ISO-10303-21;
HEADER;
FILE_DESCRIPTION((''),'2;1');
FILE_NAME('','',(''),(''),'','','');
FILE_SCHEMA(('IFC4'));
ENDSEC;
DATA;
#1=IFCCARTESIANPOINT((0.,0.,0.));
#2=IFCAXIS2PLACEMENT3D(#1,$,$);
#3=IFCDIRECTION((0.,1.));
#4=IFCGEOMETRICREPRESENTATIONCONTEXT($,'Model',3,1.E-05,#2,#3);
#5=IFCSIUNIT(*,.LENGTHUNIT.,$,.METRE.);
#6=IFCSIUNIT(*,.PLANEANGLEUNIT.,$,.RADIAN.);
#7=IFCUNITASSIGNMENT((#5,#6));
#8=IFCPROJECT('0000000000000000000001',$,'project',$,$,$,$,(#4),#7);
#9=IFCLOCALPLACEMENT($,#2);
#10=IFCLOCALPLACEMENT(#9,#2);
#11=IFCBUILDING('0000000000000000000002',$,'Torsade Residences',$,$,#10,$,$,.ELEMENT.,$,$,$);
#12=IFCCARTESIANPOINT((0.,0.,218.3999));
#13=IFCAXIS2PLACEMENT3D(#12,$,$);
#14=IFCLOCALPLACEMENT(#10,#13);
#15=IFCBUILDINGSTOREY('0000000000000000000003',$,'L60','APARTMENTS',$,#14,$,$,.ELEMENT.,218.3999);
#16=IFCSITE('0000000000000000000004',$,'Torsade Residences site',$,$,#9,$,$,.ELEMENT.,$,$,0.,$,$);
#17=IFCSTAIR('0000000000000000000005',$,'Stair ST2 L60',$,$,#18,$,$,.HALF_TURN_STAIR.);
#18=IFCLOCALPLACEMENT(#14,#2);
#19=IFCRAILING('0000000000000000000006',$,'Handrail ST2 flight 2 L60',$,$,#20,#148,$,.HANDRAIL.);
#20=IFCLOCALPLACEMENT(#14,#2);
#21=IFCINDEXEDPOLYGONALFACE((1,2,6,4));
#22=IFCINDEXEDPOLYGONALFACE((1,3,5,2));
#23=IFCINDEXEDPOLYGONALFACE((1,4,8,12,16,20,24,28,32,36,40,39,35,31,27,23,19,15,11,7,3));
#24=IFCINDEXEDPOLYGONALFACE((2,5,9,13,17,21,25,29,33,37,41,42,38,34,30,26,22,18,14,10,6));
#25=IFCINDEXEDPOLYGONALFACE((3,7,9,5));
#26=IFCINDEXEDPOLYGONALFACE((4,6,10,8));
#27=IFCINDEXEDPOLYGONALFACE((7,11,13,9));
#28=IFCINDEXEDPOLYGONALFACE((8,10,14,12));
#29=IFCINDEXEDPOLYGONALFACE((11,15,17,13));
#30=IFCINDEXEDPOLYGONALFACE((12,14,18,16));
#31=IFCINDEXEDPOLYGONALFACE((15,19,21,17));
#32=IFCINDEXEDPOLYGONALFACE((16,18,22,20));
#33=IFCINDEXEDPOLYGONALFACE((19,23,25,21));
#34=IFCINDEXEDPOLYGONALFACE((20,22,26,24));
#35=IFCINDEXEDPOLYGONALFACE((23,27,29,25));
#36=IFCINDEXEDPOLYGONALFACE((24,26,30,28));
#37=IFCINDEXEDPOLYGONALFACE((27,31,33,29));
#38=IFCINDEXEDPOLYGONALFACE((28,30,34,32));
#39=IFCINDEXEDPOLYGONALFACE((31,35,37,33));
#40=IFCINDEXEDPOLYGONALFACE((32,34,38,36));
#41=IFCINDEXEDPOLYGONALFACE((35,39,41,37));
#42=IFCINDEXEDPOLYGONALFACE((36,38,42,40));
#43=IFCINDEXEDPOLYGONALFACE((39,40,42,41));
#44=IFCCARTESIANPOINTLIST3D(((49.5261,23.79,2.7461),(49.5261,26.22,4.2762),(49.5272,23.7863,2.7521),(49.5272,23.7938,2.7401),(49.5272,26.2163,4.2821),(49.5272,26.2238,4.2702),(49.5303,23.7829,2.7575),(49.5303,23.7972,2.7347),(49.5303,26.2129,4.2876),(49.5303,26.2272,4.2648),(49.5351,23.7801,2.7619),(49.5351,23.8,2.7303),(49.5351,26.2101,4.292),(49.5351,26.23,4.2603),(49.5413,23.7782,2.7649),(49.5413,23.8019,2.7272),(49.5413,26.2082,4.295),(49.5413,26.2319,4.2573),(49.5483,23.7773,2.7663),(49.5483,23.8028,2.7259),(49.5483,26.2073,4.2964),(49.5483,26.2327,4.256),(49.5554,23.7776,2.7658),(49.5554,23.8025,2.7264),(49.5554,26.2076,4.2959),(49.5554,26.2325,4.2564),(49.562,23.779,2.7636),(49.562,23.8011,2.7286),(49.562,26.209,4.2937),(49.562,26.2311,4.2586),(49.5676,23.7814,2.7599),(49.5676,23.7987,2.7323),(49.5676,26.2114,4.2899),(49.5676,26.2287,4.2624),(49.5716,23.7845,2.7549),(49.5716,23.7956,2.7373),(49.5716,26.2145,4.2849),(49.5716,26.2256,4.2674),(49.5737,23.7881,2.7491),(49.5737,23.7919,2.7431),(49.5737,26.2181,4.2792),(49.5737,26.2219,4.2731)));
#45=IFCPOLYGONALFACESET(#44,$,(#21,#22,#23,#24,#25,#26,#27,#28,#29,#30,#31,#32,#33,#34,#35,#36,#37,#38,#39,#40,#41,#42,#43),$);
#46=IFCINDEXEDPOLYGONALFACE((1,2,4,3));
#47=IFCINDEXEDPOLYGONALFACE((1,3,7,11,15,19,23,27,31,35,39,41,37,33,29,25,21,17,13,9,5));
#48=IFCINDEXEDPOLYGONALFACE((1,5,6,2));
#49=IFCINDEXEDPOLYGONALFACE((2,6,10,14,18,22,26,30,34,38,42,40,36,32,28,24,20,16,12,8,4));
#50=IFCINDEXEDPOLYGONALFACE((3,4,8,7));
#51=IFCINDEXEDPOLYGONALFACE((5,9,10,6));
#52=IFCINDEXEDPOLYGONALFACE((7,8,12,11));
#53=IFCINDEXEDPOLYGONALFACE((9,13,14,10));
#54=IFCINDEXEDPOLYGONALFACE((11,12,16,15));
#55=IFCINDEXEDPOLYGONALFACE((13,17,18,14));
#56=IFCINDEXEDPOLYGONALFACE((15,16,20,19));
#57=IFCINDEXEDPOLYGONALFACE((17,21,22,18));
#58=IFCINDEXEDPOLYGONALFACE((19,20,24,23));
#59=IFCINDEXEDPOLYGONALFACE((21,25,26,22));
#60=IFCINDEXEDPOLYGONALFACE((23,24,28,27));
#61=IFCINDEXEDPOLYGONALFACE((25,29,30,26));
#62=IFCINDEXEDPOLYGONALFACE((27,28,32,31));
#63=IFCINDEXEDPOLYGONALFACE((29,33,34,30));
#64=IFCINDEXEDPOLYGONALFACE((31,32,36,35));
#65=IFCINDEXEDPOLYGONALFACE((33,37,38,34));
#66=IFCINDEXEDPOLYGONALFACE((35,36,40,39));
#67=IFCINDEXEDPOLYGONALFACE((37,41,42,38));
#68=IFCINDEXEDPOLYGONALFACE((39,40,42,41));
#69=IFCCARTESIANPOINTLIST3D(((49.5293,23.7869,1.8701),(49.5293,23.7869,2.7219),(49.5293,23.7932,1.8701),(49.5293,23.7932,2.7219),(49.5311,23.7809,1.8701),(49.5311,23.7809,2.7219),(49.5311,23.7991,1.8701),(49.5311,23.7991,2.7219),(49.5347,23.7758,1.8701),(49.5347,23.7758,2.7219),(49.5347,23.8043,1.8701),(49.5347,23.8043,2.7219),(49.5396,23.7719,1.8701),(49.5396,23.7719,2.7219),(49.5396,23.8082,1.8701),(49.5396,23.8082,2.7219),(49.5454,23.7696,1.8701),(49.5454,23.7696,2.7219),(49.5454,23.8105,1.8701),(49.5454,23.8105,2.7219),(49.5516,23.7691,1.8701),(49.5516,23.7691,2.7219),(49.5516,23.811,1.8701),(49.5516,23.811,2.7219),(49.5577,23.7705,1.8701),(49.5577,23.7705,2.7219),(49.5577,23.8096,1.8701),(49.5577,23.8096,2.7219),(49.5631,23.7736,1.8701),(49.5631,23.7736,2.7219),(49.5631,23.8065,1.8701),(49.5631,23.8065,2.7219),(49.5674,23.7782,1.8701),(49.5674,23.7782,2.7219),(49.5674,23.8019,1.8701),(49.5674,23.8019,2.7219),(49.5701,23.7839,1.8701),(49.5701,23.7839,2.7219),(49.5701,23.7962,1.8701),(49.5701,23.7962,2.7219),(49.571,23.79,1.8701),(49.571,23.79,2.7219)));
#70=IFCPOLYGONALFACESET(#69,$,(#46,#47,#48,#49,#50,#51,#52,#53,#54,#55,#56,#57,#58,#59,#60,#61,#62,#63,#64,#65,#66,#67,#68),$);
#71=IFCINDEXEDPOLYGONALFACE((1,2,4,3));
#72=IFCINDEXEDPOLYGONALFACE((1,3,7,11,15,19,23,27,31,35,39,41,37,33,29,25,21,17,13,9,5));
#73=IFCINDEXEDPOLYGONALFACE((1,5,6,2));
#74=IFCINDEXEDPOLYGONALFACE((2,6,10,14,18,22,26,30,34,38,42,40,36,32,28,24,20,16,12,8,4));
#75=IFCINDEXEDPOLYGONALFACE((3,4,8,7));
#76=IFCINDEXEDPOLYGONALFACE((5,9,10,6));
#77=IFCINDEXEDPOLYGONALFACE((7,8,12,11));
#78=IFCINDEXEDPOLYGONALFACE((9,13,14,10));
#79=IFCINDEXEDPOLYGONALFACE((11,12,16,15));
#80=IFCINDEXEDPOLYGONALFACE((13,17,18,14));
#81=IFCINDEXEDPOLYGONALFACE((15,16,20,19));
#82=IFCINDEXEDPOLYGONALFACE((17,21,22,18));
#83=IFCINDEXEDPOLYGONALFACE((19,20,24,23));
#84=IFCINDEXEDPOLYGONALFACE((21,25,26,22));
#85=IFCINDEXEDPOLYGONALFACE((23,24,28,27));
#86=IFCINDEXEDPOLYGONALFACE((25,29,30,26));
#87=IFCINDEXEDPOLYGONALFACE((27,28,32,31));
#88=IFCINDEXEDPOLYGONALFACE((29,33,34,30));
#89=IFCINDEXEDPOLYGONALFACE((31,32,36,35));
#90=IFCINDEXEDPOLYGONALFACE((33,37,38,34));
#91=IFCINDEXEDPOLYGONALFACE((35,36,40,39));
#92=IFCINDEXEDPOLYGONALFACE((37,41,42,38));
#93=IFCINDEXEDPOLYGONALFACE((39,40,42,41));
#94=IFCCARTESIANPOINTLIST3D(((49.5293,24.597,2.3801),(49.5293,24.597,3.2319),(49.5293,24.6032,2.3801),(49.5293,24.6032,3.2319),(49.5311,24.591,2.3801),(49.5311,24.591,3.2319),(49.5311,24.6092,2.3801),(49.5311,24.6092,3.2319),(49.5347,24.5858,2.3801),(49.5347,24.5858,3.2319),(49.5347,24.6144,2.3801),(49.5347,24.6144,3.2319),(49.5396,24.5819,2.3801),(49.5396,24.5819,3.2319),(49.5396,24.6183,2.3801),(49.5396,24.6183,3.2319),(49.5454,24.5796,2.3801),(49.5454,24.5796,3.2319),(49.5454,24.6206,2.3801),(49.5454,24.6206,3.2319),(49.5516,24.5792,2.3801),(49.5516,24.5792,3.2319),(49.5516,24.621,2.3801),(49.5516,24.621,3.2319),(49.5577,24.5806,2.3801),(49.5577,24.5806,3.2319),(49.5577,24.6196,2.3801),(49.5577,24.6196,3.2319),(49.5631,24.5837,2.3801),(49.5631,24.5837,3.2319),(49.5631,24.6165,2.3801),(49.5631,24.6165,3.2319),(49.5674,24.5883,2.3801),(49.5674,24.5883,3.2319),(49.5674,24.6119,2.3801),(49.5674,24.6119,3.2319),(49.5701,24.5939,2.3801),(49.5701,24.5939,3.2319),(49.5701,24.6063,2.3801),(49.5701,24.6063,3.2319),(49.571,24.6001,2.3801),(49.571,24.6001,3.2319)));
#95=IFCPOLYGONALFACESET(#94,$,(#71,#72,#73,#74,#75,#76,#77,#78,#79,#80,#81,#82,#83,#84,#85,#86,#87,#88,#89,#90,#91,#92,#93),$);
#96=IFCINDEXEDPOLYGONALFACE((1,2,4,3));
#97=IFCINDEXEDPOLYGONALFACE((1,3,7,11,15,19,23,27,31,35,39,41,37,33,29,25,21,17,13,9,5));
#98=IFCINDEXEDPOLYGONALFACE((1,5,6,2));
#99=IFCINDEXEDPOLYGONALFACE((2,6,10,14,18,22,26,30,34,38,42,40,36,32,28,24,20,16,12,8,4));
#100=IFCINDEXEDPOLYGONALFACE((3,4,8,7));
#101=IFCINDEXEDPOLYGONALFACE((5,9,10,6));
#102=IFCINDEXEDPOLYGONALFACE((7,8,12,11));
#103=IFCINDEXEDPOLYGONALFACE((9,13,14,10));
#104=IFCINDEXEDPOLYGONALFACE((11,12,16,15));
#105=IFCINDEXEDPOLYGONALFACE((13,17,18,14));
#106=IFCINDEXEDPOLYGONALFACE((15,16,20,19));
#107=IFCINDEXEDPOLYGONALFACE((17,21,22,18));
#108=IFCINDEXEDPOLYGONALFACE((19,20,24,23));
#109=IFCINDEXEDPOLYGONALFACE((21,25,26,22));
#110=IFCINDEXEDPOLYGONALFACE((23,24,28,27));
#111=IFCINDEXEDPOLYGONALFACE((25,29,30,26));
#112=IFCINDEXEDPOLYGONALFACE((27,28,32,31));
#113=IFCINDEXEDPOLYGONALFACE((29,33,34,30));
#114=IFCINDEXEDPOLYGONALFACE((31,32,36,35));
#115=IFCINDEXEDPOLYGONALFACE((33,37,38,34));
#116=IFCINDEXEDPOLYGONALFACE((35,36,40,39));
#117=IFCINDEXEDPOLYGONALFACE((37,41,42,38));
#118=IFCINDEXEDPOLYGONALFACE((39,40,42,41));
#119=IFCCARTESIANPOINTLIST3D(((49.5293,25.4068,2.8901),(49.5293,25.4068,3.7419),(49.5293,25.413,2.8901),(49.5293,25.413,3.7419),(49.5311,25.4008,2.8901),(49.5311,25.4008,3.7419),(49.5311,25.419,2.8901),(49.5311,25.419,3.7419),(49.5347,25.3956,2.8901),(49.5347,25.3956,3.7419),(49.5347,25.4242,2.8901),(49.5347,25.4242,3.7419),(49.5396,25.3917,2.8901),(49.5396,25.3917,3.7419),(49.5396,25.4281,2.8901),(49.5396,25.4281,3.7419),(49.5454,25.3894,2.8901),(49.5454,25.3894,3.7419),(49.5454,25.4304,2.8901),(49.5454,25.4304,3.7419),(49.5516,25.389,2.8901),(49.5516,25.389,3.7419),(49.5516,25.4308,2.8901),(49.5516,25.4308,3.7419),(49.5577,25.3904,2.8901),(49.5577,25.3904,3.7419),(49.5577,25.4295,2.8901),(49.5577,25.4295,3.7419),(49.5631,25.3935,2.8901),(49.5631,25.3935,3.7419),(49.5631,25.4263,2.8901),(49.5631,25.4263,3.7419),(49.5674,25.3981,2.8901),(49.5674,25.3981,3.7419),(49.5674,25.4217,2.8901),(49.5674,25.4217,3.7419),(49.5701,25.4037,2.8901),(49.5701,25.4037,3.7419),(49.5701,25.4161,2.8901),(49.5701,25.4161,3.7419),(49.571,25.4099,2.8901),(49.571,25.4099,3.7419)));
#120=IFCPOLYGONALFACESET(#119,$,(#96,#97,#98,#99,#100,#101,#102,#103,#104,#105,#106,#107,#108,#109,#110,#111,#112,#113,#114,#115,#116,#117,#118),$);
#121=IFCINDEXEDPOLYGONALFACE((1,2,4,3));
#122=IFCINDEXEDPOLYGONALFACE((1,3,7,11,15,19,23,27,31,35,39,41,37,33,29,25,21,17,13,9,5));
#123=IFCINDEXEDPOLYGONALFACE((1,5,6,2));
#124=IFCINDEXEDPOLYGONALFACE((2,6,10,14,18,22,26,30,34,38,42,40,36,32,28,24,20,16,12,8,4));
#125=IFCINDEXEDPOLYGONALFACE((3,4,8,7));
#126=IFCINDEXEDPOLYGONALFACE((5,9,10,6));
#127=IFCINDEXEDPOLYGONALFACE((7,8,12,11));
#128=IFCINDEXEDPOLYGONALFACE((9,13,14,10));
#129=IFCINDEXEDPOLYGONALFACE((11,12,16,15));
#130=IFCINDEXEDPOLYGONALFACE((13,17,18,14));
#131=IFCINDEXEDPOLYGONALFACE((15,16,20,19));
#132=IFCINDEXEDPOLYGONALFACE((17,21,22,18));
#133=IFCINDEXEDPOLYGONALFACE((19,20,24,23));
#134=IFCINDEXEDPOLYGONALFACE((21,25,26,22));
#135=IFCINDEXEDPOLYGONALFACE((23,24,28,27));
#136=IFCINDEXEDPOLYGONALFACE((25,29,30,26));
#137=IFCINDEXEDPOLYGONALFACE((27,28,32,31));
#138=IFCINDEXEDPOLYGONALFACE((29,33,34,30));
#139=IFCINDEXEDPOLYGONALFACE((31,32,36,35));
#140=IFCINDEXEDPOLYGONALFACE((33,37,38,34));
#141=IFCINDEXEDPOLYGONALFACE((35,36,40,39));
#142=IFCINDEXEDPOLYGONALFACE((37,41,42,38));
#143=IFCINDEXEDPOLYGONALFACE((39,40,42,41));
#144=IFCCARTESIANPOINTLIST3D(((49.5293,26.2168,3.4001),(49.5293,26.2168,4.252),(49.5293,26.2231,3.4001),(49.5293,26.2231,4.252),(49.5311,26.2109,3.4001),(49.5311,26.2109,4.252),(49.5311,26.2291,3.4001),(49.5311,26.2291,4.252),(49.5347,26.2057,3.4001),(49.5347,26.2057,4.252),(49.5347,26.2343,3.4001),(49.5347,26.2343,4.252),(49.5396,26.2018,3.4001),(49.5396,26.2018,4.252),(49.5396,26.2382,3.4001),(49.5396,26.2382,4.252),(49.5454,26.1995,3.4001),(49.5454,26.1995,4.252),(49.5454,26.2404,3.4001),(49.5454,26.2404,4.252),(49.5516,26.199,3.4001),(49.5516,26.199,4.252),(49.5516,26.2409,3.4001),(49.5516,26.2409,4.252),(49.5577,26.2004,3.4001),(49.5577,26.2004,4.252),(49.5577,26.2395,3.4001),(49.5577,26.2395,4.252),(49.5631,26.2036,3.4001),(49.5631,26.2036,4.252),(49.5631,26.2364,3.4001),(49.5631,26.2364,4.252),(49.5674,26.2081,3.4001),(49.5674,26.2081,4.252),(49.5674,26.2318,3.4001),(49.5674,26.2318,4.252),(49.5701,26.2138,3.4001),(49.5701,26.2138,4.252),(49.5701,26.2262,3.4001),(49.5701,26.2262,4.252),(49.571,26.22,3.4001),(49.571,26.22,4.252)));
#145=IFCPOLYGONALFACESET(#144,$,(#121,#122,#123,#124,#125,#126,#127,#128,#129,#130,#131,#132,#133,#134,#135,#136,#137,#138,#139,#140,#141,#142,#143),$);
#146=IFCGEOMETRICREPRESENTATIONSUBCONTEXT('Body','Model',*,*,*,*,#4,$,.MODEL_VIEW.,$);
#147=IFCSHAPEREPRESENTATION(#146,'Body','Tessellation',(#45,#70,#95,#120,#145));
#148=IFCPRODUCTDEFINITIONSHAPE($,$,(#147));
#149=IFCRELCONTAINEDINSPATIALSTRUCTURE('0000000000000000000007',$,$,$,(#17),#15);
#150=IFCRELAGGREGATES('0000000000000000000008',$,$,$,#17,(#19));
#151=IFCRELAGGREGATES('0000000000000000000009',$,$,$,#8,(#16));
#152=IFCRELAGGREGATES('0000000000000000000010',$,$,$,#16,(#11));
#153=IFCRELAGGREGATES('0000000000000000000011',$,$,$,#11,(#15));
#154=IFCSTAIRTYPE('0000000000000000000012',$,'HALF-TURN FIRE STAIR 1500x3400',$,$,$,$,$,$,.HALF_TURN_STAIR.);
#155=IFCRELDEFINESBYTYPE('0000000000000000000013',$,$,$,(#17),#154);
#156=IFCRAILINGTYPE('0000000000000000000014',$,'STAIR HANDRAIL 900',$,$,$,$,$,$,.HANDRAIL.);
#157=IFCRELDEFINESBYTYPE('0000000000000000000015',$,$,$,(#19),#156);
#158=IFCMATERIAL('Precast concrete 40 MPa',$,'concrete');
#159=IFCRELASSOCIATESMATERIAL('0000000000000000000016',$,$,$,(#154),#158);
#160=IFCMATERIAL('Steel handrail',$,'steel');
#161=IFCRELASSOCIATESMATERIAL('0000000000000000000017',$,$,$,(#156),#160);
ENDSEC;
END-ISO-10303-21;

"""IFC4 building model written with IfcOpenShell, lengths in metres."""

from ifc_helpers import new_model, si_unit, direction, frame, origin, origin_2d, place, context, subcontext, project, spatial, circle, extrude, material, type_object, element, aggregate, save


model = new_model("IFC4")

# Units and contexts
model_context = context("Model", 3, precision=1e-05, world=origin(), true_north=direction((0.0, 1.0)))
body_context = subcontext(model_context, "Body", "Model", "MODEL_VIEW")
ifc_project = project(units=[si_unit("LENGTHUNIT", "METRE"), si_unit("PLANEANGLEUNIT", "RADIAN")], contexts=[model_context])

# Site, building, storey
site_placement = place(None, origin())
site = spatial("IfcSite", under=ifc_project, at=site_placement, Name="Torsade Residences site", CompositionType="ELEMENT", RefElevation=0.0)
building_placement = place(site_placement, origin())
building = spatial("IfcBuilding", under=site, at=building_placement, Name="Torsade Residences", CompositionType="ELEMENT")
storey_placement = place(building_placement, frame((0.0, 0.0, 218.3999)))
storey = spatial("IfcBuildingStorey", under=building, at=storey_placement, Name="L60", Description="APARTMENTS", CompositionType="ELEMENT", Elevation=218.3999)

# Stair, railing
ifc_material_1 = material(Name="Precast concrete 40 MPa", Category="concrete")
stair_type = type_object("IfcStairType", Name="HALF-TURN FIRE STAIR 1500x3400", PredefinedType="HALF_TURN_STAIR", material=ifc_material_1)
stair_placement = place(storey_placement, origin())
stair = element("IfcStair", 1, at=stair_placement, inside=storey, type_object=stair_type, Name="Stair ST2 L60", PredefinedType="HALF_TURN_STAIR")
ifc_material_2 = material(Name="Steel handrail", Category="steel")
railing_type = type_object("IfcRailingType", Name="STAIR HANDRAIL 900", PredefinedType="HANDRAIL", material=ifc_material_2)
railing_1_placement = place(storey_placement, frame((49.55, 23.79, 1.8701)))
railing_1 = element("IfcRailing", 2, at=railing_1_placement, type_object=railing_type, Name="Handrail ST2 flight 2 L60", PredefinedType="HANDRAIL", context=body_context, shape_type="SweptSolid", body=[
    extrude(circle(Radius=0.0239, at=origin_2d()), frame((0.0, 0.0, 0.876), z_axis=(0.0, 0.846221, 0.532831), x_axis=(-1.0, 0.0, 0.0)), (0.0, 0.0, 1.0), 2.8716),
    extrude(circle(Radius=0.021, at=origin_2d()), origin(), (0.0, 0.0, 1.0), 0.8518),
    extrude(circle(Radius=0.021, at=origin_2d()), frame((0.0, 0.8101, 0.51)), (0.0, 0.0, 1.0), 0.8518),
    extrude(circle(Radius=0.021, at=origin_2d()), frame((0.0, 1.6199, 1.02)), (0.0, 0.0, 1.0), 0.8518),
    extrude(circle(Radius=0.021, at=origin_2d()), frame((0.0, 2.4299, 1.53)), (0.0, 0.0, 1.0), 0.8518),
])
aggregate(stair, [railing_1])

save(model, "model.ifc")
